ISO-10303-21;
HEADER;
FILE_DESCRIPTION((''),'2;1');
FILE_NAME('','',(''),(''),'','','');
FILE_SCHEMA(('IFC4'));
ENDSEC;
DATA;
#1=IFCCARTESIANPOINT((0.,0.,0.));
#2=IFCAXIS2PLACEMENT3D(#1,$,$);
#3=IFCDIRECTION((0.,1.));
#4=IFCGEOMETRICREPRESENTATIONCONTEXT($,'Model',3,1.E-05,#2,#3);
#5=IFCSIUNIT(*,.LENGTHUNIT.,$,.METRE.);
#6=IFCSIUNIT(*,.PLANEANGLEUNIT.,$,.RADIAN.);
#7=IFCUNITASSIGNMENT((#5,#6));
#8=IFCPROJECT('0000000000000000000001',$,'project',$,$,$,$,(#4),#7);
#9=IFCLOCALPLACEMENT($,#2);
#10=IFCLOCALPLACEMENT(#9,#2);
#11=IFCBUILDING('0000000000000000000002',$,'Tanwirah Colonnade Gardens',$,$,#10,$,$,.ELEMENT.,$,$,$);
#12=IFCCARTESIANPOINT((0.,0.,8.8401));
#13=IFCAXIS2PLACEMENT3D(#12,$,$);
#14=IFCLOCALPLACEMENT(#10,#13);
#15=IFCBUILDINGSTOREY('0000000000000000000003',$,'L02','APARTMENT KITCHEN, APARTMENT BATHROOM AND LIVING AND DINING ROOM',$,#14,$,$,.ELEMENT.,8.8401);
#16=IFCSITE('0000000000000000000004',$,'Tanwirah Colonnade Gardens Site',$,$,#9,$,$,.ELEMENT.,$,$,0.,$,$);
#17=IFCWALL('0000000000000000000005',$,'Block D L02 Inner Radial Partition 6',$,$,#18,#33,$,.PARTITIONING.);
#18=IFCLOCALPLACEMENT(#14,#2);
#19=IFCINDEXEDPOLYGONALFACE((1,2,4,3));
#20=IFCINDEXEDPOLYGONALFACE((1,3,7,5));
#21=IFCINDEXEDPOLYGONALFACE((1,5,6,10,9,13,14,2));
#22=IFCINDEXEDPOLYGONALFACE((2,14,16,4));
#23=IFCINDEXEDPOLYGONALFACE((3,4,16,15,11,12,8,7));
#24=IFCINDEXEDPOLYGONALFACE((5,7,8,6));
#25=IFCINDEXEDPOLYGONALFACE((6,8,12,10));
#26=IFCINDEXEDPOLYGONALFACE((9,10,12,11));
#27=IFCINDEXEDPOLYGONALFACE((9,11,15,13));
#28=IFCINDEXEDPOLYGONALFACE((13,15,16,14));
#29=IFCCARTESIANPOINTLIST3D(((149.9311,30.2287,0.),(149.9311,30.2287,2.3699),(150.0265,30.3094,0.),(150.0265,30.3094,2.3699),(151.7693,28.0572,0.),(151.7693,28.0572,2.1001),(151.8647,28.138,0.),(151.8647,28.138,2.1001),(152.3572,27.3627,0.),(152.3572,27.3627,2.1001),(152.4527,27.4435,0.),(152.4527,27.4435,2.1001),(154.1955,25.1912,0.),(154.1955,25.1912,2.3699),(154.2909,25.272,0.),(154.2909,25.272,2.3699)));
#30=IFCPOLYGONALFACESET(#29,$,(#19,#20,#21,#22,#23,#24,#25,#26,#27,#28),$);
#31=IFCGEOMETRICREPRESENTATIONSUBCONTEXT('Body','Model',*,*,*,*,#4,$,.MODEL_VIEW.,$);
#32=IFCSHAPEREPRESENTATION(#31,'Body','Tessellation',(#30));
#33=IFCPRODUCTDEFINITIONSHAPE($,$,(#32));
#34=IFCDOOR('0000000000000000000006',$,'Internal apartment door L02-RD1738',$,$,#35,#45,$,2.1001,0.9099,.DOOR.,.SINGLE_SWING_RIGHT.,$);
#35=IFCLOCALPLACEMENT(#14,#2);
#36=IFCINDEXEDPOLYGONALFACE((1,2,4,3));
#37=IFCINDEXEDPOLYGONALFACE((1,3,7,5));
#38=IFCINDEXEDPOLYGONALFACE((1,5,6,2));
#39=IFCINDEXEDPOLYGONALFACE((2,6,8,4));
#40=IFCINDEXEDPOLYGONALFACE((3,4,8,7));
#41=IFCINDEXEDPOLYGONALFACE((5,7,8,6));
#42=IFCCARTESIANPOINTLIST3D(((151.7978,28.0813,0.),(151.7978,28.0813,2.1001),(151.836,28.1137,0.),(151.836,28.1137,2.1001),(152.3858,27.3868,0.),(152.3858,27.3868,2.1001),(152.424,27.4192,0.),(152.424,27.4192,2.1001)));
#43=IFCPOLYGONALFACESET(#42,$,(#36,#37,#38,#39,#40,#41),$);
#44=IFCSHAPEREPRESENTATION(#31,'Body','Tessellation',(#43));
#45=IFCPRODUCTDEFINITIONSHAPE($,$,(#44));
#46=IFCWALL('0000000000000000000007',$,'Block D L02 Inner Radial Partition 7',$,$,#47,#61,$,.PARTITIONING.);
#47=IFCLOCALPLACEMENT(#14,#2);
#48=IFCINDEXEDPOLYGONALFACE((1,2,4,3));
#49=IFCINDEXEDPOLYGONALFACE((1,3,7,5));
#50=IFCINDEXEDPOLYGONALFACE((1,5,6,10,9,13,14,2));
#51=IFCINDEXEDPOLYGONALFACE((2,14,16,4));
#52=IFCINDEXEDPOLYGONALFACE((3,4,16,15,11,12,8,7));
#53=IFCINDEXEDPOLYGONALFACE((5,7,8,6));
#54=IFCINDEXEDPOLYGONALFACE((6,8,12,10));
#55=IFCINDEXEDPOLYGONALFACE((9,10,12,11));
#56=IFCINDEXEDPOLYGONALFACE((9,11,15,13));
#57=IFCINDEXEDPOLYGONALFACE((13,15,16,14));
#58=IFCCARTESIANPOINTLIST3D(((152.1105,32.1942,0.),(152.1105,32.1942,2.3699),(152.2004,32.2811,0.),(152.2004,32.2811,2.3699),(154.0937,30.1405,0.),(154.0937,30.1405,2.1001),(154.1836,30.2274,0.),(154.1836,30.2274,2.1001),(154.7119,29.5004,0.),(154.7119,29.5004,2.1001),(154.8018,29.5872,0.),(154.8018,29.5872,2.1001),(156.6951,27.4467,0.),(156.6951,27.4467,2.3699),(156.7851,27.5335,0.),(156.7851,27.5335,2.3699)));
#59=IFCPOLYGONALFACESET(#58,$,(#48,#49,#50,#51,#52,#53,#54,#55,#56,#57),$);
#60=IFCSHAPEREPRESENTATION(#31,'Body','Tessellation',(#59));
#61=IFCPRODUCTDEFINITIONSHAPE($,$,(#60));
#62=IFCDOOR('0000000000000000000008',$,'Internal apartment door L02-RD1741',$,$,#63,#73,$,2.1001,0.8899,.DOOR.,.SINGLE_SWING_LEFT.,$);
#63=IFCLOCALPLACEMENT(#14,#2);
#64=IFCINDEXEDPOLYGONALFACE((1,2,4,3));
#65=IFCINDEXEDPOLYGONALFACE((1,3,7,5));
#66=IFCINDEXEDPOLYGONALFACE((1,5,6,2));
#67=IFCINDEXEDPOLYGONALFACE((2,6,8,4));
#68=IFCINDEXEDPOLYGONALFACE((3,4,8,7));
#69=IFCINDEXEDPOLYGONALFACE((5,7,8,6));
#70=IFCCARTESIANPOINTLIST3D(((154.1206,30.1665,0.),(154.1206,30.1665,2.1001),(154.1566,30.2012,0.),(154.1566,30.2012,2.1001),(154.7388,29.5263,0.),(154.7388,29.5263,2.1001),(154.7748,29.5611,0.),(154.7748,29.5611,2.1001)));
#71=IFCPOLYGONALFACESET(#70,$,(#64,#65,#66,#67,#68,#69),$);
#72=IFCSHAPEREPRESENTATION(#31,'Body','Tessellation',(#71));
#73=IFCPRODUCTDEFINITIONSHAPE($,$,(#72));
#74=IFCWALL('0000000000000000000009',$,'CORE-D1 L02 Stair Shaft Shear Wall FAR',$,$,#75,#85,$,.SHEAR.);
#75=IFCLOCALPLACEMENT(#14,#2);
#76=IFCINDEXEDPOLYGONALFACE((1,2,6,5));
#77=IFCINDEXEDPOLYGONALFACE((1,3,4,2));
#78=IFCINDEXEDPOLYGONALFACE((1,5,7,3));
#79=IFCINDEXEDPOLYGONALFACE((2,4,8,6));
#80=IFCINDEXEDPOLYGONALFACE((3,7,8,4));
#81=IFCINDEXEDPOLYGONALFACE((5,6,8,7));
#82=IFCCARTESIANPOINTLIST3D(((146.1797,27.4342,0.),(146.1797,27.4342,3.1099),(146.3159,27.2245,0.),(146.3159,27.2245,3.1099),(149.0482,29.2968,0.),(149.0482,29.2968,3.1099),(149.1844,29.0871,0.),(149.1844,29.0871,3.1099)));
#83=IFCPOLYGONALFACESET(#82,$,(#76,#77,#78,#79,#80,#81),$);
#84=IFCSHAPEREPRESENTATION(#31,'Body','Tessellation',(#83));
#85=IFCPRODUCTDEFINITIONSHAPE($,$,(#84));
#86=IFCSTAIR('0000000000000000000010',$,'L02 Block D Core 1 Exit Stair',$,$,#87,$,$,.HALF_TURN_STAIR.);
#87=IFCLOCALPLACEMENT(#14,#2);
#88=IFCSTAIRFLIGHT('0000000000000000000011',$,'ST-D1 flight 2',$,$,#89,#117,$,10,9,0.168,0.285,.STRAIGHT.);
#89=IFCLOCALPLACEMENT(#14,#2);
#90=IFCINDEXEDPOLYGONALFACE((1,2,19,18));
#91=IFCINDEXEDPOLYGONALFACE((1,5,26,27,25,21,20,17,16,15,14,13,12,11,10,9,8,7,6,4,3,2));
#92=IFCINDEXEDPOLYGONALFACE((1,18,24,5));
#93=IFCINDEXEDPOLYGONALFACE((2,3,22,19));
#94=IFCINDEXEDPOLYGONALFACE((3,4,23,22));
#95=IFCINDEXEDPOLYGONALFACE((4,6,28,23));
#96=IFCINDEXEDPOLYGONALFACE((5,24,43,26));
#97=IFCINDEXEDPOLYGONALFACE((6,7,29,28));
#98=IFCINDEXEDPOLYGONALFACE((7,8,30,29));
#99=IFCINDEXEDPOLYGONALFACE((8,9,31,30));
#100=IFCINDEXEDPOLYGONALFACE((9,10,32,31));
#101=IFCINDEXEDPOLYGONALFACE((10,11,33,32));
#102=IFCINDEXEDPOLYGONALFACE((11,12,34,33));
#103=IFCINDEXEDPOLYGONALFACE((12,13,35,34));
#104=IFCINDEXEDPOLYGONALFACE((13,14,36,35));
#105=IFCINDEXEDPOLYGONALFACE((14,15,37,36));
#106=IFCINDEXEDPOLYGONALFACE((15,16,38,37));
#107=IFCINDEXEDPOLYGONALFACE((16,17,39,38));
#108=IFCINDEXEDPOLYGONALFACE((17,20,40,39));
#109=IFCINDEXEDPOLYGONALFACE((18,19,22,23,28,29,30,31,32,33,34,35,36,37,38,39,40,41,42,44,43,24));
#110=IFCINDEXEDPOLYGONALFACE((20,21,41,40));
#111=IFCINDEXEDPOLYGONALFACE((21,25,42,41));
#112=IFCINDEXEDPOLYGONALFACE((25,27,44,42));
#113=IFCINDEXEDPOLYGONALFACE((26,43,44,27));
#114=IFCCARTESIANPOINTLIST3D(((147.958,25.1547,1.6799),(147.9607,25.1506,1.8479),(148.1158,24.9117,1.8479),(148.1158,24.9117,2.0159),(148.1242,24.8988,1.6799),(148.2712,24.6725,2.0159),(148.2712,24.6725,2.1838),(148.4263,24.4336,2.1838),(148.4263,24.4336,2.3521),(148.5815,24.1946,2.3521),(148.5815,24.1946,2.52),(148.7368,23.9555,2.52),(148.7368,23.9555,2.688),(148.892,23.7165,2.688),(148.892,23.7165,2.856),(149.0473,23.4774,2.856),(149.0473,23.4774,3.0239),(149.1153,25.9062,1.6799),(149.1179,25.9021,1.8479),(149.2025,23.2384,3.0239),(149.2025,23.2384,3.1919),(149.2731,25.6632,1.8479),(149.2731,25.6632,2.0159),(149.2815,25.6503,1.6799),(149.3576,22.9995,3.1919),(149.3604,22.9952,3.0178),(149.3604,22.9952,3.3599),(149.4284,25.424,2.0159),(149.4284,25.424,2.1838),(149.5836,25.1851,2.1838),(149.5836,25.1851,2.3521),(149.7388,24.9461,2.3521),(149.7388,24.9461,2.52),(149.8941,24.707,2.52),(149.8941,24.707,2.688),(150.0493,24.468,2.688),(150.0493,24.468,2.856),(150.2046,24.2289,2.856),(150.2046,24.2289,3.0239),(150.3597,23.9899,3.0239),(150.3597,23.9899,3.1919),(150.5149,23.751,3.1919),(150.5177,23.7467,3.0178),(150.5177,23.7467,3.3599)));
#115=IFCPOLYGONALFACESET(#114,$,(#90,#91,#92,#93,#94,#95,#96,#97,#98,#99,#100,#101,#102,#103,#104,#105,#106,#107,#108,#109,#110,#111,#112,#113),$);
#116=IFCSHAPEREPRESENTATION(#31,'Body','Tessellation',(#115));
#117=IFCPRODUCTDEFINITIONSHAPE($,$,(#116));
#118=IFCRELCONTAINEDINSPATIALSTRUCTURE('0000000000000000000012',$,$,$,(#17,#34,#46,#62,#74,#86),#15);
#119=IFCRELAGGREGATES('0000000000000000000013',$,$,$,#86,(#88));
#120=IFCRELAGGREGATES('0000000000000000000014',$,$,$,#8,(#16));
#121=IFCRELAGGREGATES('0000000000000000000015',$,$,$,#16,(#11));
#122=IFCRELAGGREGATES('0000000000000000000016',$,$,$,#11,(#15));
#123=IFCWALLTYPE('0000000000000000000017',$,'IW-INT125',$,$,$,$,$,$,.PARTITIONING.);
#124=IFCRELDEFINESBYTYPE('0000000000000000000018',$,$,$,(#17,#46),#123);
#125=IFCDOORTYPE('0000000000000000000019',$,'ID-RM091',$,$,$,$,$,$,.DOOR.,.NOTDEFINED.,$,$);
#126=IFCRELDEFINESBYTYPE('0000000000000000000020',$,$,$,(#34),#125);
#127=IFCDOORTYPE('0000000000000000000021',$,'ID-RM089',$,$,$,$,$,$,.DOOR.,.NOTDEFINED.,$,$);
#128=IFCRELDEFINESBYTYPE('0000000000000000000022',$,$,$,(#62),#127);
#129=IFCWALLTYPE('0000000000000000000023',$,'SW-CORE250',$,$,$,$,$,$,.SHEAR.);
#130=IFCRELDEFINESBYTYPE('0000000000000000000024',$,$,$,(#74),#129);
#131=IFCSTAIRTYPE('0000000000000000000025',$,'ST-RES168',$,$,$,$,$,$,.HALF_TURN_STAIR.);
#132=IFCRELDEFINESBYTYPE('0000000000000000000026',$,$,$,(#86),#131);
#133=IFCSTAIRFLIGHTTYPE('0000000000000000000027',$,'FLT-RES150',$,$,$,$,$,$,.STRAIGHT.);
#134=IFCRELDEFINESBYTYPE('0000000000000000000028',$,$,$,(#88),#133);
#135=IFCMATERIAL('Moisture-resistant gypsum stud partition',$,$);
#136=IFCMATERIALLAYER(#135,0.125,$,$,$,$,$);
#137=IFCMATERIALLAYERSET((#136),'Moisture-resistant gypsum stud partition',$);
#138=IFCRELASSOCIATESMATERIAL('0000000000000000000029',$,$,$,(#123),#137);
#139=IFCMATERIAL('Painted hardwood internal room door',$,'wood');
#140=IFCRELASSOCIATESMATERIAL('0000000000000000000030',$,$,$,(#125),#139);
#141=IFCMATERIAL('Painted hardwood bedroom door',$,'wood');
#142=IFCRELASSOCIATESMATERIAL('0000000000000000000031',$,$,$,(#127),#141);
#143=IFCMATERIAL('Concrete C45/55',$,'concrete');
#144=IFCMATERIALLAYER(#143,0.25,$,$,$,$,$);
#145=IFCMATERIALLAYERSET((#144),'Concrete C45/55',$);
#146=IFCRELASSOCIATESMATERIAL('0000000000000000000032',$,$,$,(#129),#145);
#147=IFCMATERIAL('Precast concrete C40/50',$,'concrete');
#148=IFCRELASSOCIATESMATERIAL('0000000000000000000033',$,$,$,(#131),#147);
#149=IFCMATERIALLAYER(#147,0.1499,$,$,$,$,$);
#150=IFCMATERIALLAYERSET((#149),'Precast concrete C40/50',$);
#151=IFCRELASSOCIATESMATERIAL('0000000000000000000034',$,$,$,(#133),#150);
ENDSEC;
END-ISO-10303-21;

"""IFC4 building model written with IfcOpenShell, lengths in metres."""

from ifc_helpers import new_model, si_unit, direction, frame, frame_2d, origin, place, context, subcontext, project, spatial, polyline, rectangle, outline, extrude, material, layer, layer_set, type_object, element, fill, aggregate, save


model = new_model("IFC4")

# Units and contexts
model_context = context("Model", 3, precision=1e-05, world=origin(), true_north=direction((0.0, 1.0)))
body_context = subcontext(model_context, "Body", "Model", "MODEL_VIEW")
ifc_project = project(units=[si_unit("LENGTHUNIT", "METRE"), si_unit("PLANEANGLEUNIT", "RADIAN")], contexts=[model_context])

# Site, building, storey
site_placement = place(None, origin())
site = spatial("IfcSite", under=ifc_project, at=site_placement, Name="Tanwirah Colonnade Gardens Site", CompositionType="ELEMENT", RefElevation=0.0)
building_placement = place(site_placement, origin())
building = spatial("IfcBuilding", under=site, at=building_placement, Name="Tanwirah Colonnade Gardens", CompositionType="ELEMENT")
storey_placement = place(building_placement, frame((0.0, 0.0, 8.8401)))
storey = spatial("IfcBuildingStorey", under=building, at=storey_placement, Name="L02", Description="APARTMENT KITCHEN, APARTMENT BATHROOM AND LIVING AND DINING ROOM", CompositionType="ELEMENT", Elevation=8.8401)

# Shared definitions
ifc_material_1 = material(Name="Precast concrete C40/50", Category="concrete")

# Walls, openings, doors
ifc_material_2 = material(Name="Moisture-resistant gypsum stud partition")
ifc_layer_1 = layer(ifc_material_2, 0.125)
ifc_layer_set_1 = layer_set([ifc_layer_1], Name="Moisture-resistant gypsum stud partition")
wall_type_1 = type_object("IfcWallType", Name="IW-INT125", PredefinedType="PARTITIONING", material=ifc_layer_set_1)
wall_1_placement = place(storey_placement, frame((149.9788, 30.269, 0.0), z_axis=(0.0, 0.0, 1.0), x_axis=(0.646121, -0.763235, 0.0)))
wall_1 = element("IfcWall", 1, at=wall_1_placement, inside=storey, type_object=wall_type_1, Name="Block D L02 Inner Radial Partition 6", PredefinedType="PARTITIONING", context=body_context, shape_type="SweptSolid", body=[
    extrude(rectangle(XDim=6.6001, YDim=0.125, at=frame_2d((3.3, 0.0))), origin(), (0.0, 0.0, 1.0), 2.3699),
])
opening_1_placement = place(wall_1_placement, frame((2.845, 0.0, 0.0)))
opening_1 = element("IfcOpeningElement", 2, at=opening_1_placement, cuts=wall_1, PredefinedType="OPENING", context=body_context, shape_type="SweptSolid", body=[
    extrude(rectangle(XDim=0.9099, YDim=2.1001, at=frame_2d((0.4551, 1.05))), frame((0.0, 0.0725, 0.0), z_axis=(0.0, -1.0, 0.0), x_axis=(1.0, 0.0, 0.0)), (0.0, 0.0, 1.0), 0.145),
])
ifc_material_3 = material(Name="Painted hardwood internal room door", Category="wood")
door_type_1 = type_object("IfcDoorType", Name="ID-RM091", OperationType="NOTDEFINED", PredefinedType="DOOR", material=ifc_material_3)
door_1_placement = place(opening_1_placement, origin())
door_1 = element("IfcDoor", 3, at=door_1_placement, inside=storey, type_object=door_type_1, Name="Internal apartment door L02-RD1738", OperationType="SINGLE_SWING_RIGHT", OverallHeight=2.1001, OverallWidth=0.9099, PredefinedType="DOOR", context=body_context, shape_type="SweptSolid", body=[
    extrude(rectangle(XDim=0.9099, YDim=2.1001, at=frame_2d((0.4551, 1.05))), frame((0.0, 0.0249, 0.0), z_axis=(0.0, -1.0, 0.0), x_axis=(1.0, 0.0, 0.0)), (0.0, 0.0, 1.0), 0.05),
])
fill(opening_1, door_1)
wall_2_placement = place(storey_placement, frame((152.1555, 32.2375, 0.0), z_axis=(0.0, 0.0, 1.0), x_axis=(0.694663, -0.719336, 0.0)))
wall_2 = element("IfcWall", 4, at=wall_2_placement, inside=storey, type_object=wall_type_1, Name="Block D L02 Inner Radial Partition 7", PredefinedType="PARTITIONING", context=body_context, shape_type="SweptSolid", body=[
    extrude(rectangle(XDim=6.5999, YDim=0.125, at=frame_2d((3.2998, 0.0))), origin(), (0.0, 0.0, 1.0), 2.3699),
])
opening_2_placement = place(wall_2_placement, frame((2.855, 0.0, 0.0)))
opening_2 = element("IfcOpeningElement", 5, at=opening_2_placement, cuts=wall_2, PredefinedType="OPENING", context=body_context, shape_type="SweptSolid", body=[
    extrude(rectangle(XDim=0.8899, YDim=2.1001, at=frame_2d((0.4448, 1.05))), frame((0.0, 0.0725, 0.0), z_axis=(0.0, -1.0, 0.0), x_axis=(1.0, 0.0, 0.0)), (0.0, 0.0, 1.0), 0.145),
])
ifc_material_4 = material(Name="Painted hardwood bedroom door", Category="wood")
door_type_2 = type_object("IfcDoorType", Name="ID-RM089", OperationType="NOTDEFINED", PredefinedType="DOOR", material=ifc_material_4)
door_2_placement = place(opening_2_placement, origin())
door_2 = element("IfcDoor", 6, at=door_2_placement, inside=storey, type_object=door_type_2, Name="Internal apartment door L02-RD1741", OperationType="SINGLE_SWING_LEFT", OverallHeight=2.1001, OverallWidth=0.8899, PredefinedType="DOOR", context=body_context, shape_type="SweptSolid", body=[
    extrude(rectangle(XDim=0.8899, YDim=2.1001, at=frame_2d((0.4448, 1.05))), frame((0.0, 0.0249, 0.0), z_axis=(0.0, -1.0, 0.0), x_axis=(1.0, 0.0, 0.0)), (0.0, 0.0, 1.0), 0.05),
])
fill(opening_2, door_2)

# Wall
ifc_material_5 = material(Name="Concrete C45/55", Category="concrete")
ifc_layer_2 = layer(ifc_material_5, 0.25)
ifc_layer_set_2 = layer_set([ifc_layer_2], Name="Concrete C45/55")
wall_type_2 = type_object("IfcWallType", Name="SW-CORE250", PredefinedType="SHEAR", material=ifc_layer_set_2)
wall_3_placement = place(storey_placement, frame((149.1162, 29.1919, 0.0), z_axis=(0.0, 0.0, 1.0), x_axis=(-0.8387, -0.544594, 0.0)))
element("IfcWall", 7, at=wall_3_placement, inside=storey, type_object=wall_type_2, Name="CORE-D1 L02 Stair Shaft Shear Wall FAR", PredefinedType="SHEAR", context=body_context, shape_type="SweptSolid", body=[
    extrude(rectangle(XDim=3.4202, YDim=0.25, at=frame_2d((1.71, 0.0))), origin(), (0.0, 0.0, 1.0), 3.1099),
])

# Stair, stair flight
stair_type = type_object("IfcStairType", Name="ST-RES168", PredefinedType="HALF_TURN_STAIR", material=ifc_material_1)
stair_placement = place(storey_placement, origin())
stair = element("IfcStair", 8, at=stair_placement, inside=storey, type_object=stair_type, Name="L02 Block D Core 1 Exit Stair", PredefinedType="HALF_TURN_STAIR")
ifc_layer_3 = layer(ifc_material_1, 0.1499)
ifc_layer_set_3 = layer_set([ifc_layer_3], Name="Precast concrete C40/50")
stair_flight_type = type_object("IfcStairFlightType", Name="FLT-RES150", PredefinedType="STRAIGHT", material=ifc_layer_set_3)
stair_flight_placement = place(storey_placement, frame((148.5393, 25.5264, 1.6799), z_axis=(0.0, 0.0, 1.0), x_axis=(0.544639, -0.838671, 0.0)))
stair_flight = element("IfcStairFlight", 9, at=stair_flight_placement, type_object=stair_flight_type, Name="ST-D1 flight 2", NumberOfRisers=10, NumberOfTreads=9, PredefinedType="STRAIGHT", RiserHeight=0.168, TreadLength=0.285, context=body_context, shape_type="SweptSolid", body=[
    extrude(outline(polyline([(-0.0049, 0.0), (0.0, 0.168), (0.2849, 0.168), (0.2849, 0.3359), (0.5701, 0.3359), (0.5701, 0.5039), (0.855, 0.5039), (0.855, 0.6721), (1.1399, 0.6721), (1.1399, 0.8401), (1.425, 0.8401), (1.425, 1.0081), (1.71, 1.0081), (1.71, 1.176), (1.9951, 1.176), (1.9951, 1.344), (2.28, 1.344), (2.28, 1.512), (2.5649, 1.512), (2.5701, 1.6799), (2.5701, 1.3379), (0.3003, 0.0), (-0.0049, 0.0)])), frame((0.0, 0.6899, 0.0), z_axis=(0.0, -1.0, 0.0), x_axis=(1.0, 0.0, 0.0)), (0.0, 0.0, 1.0), 1.3799),
])
aggregate(stair, [stair_flight])

save(model, "model.ifc")
